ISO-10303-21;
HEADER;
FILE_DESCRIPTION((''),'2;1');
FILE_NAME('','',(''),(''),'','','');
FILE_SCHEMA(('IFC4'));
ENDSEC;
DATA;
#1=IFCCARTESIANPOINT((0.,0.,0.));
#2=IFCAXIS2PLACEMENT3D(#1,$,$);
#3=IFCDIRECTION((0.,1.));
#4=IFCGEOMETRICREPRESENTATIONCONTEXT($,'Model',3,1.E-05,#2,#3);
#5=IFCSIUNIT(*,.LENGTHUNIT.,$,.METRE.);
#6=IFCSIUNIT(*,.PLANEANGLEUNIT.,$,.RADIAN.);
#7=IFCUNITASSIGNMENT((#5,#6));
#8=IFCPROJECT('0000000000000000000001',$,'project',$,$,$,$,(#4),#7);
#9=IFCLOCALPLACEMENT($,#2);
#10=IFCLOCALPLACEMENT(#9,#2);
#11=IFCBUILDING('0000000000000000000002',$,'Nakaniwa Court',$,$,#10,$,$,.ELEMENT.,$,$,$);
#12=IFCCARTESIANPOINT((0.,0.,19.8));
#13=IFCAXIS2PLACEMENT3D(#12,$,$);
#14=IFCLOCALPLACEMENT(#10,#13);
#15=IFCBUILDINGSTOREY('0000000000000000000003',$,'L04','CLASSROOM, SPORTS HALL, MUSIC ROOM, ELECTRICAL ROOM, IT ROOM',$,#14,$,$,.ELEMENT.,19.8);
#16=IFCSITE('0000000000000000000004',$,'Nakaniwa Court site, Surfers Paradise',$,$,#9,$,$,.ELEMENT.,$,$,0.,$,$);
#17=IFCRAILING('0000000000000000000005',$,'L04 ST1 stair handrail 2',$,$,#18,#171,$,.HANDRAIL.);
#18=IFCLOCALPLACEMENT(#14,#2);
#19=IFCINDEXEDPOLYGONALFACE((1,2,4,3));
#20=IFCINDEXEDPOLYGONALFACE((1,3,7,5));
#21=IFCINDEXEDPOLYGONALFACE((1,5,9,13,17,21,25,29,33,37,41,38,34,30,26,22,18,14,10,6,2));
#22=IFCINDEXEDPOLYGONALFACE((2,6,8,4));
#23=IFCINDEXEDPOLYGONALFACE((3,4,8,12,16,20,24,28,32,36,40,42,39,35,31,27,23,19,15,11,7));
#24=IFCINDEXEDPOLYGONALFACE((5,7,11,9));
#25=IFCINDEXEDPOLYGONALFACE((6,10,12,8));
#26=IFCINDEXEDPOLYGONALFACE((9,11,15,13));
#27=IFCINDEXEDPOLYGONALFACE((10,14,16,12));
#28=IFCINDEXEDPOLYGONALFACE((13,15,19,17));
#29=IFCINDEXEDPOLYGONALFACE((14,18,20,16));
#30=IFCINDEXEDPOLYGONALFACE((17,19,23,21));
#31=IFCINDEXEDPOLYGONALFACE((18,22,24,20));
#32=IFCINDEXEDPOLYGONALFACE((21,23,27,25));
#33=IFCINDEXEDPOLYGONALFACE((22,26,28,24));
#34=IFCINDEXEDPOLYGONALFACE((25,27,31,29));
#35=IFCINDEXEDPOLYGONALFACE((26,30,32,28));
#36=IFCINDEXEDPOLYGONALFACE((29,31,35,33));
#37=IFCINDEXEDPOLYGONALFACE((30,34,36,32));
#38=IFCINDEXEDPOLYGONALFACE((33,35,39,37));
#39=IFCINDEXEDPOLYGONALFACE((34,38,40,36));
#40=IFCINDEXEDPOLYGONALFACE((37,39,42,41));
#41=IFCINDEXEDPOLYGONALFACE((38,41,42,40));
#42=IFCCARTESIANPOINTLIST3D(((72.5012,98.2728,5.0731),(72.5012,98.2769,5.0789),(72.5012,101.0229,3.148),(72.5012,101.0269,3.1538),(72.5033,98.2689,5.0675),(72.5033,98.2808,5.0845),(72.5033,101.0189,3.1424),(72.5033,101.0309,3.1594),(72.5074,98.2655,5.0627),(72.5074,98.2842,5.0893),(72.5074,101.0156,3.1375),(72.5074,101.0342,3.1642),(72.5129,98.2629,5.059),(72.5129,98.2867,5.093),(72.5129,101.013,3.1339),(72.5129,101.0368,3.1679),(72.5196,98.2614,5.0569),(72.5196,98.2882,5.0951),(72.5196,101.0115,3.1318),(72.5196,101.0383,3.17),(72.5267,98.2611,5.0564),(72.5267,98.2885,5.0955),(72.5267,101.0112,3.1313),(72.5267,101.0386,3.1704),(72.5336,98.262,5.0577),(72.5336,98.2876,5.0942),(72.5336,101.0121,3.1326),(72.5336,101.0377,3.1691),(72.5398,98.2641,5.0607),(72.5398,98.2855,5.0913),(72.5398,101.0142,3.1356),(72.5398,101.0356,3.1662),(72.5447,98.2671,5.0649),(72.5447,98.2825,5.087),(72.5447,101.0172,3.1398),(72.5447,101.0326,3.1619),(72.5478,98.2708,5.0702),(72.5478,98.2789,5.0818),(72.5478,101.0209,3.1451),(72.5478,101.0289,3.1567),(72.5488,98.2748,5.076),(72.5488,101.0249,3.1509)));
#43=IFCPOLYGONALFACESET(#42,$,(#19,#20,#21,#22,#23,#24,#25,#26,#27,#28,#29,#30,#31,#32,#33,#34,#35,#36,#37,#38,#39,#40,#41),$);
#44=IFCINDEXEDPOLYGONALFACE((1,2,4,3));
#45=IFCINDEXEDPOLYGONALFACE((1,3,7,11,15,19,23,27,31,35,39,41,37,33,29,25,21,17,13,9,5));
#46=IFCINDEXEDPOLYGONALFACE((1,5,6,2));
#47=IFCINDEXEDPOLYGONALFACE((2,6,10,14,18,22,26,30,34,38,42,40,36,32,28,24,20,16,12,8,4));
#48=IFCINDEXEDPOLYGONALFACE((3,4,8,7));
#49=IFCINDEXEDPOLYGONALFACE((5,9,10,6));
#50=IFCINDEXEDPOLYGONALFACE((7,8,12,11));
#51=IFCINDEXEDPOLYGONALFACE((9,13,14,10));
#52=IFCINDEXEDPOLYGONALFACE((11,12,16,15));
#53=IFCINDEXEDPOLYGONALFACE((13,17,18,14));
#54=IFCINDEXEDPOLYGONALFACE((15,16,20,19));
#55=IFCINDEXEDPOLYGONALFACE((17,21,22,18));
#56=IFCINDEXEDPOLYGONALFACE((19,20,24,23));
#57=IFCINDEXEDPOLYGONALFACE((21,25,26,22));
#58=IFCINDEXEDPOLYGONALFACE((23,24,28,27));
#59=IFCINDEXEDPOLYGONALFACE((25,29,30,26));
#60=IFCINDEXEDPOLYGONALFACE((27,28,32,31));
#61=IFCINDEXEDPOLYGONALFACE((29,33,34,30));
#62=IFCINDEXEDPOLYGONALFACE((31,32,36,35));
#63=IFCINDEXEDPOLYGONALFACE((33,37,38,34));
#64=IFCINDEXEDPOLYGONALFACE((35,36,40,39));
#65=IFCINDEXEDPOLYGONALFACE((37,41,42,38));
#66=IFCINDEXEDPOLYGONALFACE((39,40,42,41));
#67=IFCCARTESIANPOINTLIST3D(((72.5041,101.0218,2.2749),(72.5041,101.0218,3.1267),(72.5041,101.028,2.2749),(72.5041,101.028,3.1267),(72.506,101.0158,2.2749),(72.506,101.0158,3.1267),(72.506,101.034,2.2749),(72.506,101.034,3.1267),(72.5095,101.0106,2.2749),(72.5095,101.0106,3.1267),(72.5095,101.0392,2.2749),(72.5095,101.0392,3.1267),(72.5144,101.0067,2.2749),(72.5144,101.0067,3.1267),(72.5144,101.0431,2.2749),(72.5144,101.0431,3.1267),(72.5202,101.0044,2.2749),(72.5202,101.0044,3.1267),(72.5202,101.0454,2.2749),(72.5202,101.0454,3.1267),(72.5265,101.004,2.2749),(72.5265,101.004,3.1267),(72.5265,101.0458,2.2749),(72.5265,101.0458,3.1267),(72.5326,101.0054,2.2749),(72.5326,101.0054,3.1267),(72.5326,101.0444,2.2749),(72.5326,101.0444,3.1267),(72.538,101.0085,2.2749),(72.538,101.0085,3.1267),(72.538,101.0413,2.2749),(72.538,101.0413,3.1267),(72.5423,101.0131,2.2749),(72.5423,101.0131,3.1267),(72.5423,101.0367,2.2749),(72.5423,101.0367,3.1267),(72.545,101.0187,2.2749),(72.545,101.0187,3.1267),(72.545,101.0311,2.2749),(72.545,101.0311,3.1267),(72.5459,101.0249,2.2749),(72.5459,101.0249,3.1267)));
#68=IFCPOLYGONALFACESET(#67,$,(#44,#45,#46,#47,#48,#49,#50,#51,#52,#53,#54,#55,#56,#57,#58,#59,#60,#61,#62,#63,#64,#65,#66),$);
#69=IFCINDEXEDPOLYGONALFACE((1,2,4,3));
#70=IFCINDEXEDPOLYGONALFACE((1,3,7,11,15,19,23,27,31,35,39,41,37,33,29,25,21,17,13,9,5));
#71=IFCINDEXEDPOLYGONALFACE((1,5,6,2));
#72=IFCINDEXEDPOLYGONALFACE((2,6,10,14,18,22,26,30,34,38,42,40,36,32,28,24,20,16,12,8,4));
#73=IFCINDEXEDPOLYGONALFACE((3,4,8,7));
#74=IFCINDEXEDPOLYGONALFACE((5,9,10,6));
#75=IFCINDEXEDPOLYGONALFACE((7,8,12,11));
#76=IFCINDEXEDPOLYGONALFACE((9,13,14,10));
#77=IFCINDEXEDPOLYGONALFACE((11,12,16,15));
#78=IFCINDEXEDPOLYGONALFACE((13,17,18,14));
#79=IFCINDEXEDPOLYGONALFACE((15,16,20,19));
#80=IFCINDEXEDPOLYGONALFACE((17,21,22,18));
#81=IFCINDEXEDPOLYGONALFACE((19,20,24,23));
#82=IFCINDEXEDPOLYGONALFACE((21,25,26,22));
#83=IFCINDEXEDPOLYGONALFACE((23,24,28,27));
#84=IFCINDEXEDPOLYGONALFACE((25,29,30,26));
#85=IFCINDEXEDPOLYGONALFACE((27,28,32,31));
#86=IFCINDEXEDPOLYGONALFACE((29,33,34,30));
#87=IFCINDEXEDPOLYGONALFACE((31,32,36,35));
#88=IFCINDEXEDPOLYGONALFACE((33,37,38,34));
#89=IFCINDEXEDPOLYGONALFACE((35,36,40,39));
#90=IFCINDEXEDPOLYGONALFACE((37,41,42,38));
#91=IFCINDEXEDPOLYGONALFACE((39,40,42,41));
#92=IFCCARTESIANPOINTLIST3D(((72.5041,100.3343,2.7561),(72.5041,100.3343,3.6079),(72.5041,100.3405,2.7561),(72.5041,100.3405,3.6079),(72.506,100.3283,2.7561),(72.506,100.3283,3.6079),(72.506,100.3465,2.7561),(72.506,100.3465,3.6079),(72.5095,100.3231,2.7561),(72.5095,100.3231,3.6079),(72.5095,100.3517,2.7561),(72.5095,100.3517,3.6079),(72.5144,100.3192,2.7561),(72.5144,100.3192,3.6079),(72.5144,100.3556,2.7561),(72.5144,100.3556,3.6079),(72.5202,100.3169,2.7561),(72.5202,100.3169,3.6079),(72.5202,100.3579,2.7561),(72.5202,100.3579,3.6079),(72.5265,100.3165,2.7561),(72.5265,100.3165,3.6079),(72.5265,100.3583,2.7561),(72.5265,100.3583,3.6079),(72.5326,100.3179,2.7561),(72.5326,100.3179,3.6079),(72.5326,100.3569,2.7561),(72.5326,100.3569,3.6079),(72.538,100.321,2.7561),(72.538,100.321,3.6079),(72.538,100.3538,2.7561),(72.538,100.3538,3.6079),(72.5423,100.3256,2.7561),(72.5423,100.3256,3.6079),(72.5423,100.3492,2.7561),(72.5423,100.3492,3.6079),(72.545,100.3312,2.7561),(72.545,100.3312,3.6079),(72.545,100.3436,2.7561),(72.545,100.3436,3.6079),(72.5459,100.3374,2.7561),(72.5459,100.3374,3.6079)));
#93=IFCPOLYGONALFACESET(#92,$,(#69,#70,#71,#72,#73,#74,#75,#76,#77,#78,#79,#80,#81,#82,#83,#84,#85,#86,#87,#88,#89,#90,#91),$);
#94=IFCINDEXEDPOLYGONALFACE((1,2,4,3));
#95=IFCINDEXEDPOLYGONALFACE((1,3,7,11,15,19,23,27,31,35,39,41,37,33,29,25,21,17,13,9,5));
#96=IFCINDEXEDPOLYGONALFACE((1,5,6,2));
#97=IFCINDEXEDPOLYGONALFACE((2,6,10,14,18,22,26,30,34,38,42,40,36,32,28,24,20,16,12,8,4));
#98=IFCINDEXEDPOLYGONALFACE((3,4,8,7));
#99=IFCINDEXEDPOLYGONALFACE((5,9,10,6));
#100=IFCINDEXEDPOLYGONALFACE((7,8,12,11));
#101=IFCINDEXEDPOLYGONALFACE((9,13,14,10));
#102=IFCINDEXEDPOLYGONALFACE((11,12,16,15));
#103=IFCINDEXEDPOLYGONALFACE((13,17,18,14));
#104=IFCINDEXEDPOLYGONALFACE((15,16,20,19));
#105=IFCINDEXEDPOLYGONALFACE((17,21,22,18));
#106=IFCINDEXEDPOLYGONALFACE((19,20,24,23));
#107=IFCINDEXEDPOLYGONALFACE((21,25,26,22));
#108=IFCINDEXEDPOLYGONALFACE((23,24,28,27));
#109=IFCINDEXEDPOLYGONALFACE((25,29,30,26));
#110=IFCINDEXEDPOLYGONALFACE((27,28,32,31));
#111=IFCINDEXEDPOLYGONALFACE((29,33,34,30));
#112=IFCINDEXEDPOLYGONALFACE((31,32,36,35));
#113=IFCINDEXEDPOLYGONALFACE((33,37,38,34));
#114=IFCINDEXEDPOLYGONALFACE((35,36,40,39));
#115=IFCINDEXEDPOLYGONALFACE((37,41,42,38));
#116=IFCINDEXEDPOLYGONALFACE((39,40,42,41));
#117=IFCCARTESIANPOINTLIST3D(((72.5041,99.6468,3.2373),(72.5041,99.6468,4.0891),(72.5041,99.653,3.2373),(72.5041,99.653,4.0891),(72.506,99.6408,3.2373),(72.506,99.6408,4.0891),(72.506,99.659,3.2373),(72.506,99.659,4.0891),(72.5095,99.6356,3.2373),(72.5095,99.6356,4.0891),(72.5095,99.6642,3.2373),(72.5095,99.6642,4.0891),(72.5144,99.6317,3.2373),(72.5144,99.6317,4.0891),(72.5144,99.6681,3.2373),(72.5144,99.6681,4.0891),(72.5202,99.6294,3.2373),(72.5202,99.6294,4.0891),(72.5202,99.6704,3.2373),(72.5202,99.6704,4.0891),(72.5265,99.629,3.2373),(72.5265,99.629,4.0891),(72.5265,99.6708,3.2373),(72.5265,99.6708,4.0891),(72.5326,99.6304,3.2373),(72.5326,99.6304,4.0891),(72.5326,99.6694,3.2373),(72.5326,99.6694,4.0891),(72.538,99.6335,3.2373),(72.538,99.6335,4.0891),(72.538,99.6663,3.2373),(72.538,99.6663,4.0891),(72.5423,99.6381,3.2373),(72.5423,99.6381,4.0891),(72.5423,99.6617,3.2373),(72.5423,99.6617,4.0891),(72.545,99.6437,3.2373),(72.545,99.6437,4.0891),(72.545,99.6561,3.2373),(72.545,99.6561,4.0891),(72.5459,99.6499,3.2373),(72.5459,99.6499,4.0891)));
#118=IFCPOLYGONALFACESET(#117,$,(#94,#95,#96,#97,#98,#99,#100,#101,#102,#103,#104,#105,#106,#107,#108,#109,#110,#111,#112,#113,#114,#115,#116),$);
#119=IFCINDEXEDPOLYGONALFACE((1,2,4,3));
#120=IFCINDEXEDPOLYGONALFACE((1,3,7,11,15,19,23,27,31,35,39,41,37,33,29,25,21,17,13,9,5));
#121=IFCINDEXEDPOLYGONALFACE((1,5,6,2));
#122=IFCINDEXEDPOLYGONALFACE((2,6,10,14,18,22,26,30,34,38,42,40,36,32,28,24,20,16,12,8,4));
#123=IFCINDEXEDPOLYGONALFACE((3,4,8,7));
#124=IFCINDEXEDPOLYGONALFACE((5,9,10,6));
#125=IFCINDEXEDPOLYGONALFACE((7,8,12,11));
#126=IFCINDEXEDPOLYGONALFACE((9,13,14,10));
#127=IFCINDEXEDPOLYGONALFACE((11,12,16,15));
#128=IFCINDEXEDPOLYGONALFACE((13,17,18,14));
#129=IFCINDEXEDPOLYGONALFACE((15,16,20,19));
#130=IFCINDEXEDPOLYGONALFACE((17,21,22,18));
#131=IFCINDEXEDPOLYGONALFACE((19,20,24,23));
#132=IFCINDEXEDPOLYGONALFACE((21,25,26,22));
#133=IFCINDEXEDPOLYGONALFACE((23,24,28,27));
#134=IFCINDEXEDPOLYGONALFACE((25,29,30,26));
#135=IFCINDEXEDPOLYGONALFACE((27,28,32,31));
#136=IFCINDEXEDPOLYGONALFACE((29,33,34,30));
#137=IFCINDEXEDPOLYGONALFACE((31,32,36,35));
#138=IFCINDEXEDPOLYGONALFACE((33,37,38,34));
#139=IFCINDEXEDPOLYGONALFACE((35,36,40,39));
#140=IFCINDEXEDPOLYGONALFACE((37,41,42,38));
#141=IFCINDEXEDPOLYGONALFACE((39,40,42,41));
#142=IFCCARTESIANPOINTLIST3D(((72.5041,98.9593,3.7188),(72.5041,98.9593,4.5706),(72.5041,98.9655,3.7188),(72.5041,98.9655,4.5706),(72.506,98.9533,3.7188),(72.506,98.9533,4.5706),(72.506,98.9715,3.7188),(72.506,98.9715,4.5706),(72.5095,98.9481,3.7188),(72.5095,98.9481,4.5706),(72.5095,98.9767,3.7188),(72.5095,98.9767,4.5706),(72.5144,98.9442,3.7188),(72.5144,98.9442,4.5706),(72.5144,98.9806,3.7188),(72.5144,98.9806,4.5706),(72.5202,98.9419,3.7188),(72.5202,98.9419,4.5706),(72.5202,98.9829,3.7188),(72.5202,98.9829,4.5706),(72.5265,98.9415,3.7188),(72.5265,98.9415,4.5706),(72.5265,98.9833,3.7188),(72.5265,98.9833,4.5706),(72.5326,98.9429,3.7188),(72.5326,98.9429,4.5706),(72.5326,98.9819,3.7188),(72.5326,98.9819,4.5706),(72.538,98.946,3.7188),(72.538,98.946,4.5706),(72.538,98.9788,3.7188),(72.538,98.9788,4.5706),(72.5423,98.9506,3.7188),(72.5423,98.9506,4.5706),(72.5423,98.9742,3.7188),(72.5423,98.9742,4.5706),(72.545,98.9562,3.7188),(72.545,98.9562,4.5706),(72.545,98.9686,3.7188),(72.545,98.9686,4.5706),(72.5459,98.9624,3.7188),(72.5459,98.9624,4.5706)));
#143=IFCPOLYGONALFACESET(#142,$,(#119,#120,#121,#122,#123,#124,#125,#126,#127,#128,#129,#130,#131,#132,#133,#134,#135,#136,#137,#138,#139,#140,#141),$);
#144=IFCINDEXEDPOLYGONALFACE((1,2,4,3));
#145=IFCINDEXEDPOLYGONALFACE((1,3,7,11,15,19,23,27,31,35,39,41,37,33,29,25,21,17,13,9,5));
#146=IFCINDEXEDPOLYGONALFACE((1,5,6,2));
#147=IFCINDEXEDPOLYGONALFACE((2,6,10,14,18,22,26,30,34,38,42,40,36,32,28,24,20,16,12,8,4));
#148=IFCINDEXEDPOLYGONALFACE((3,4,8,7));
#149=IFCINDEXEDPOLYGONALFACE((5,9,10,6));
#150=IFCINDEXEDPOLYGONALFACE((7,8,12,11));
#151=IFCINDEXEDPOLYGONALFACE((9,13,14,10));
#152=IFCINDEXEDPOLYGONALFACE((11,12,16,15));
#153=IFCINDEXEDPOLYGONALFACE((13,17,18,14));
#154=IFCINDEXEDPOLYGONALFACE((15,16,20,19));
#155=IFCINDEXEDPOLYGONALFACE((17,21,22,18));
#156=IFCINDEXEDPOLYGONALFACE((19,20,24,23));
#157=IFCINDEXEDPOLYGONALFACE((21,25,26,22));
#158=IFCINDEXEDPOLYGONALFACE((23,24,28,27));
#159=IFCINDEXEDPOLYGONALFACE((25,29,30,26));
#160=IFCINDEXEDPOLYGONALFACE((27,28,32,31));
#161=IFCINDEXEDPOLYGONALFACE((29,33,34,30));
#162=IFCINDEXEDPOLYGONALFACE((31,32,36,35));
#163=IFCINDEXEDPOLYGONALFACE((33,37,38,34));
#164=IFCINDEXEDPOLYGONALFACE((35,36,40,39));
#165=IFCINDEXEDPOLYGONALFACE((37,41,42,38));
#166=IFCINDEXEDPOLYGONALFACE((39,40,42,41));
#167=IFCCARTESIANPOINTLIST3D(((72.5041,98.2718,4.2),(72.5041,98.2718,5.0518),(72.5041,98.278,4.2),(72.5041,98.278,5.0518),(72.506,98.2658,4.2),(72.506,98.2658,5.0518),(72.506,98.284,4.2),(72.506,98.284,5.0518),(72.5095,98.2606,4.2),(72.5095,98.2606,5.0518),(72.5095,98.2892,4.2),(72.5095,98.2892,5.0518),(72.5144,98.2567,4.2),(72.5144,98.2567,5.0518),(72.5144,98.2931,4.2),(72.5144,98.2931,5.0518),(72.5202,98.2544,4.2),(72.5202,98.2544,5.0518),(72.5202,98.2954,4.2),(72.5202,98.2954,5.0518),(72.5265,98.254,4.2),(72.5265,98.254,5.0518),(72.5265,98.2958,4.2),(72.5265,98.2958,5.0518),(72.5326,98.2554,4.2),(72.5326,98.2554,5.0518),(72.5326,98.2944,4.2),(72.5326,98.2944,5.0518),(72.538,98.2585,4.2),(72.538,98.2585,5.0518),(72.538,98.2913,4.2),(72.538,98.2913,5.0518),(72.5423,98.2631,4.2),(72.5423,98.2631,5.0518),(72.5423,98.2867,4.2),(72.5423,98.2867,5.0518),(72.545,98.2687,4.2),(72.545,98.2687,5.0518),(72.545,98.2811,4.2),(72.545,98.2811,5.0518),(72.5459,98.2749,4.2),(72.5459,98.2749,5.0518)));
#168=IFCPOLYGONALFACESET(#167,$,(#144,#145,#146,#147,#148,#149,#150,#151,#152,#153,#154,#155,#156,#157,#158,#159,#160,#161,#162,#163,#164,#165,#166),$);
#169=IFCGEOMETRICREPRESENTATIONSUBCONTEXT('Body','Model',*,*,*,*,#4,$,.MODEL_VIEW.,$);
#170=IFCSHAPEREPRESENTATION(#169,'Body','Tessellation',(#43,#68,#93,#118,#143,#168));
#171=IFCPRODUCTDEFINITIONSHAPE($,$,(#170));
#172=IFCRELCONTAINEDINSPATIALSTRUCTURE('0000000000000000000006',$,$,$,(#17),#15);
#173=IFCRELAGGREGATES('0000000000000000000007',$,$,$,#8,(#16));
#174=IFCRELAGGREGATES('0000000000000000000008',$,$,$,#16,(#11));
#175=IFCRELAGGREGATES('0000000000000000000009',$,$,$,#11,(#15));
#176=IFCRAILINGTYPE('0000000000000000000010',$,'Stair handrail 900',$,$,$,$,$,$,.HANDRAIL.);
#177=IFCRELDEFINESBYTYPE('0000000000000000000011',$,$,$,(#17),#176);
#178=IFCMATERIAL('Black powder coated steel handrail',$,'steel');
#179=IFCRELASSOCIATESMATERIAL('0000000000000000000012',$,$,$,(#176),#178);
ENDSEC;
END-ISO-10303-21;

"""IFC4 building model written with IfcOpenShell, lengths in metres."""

from ifc_helpers import new_model, si_unit, direction, frame, origin, origin_2d, place, context, subcontext, project, spatial, circle, extrude, material, type_object, element, save


model = new_model("IFC4")

# Units and contexts
model_context = context("Model", 3, precision=1e-05, world=origin(), true_north=direction((0.0, 1.0)))
body_context = subcontext(model_context, "Body", "Model", "MODEL_VIEW")
ifc_project = project(units=[si_unit("LENGTHUNIT", "METRE"), si_unit("PLANEANGLEUNIT", "RADIAN")], contexts=[model_context])

# Site, building, storey
site_placement = place(None, origin())
site = spatial("IfcSite", under=ifc_project, at=site_placement, Name="Nakaniwa Court site, Surfers Paradise", CompositionType="ELEMENT", RefElevation=0.0)
building_placement = place(site_placement, origin())
building = spatial("IfcBuilding", under=site, at=building_placement, Name="Nakaniwa Court", CompositionType="ELEMENT")
storey_placement = place(building_placement, frame((0.0, 0.0, 19.8)))
storey = spatial("IfcBuildingStorey", under=building, at=storey_placement, Name="L04", Description="CLASSROOM, SPORTS HALL, MUSIC ROOM, ELECTRICAL ROOM, IT ROOM", CompositionType="ELEMENT", Elevation=19.8)

# Railing
ifc_material_1 = material(Name="Black powder coated steel handrail", Category="steel")
railing_type_1 = type_object("IfcRailingType", Name="Stair handrail 900", PredefinedType="HANDRAIL", material=ifc_material_1)
railing_1_placement = place(storey_placement, frame((72.5249, 101.0249, 2.2749)))
element("IfcRailing", 1, at=railing_1_placement, inside=storey, type_object=railing_type_1, Name="L04 ST1 stair handrail 2", PredefinedType="HANDRAIL", context=body_context, shape_type="SweptSolid", body=[
    extrude(circle(Radius=0.0239, at=origin_2d()), frame((0.0, 0.0, 0.876), z_axis=(0.0, -0.819225, 0.573472), x_axis=(1.0, 0.0, 0.0)), (0.0, 0.0, 1.0), 3.3569),
    extrude(circle(Radius=0.021, at=origin_2d()), origin(), (0.0, 0.0, 1.0), 0.8518),
    extrude(circle(Radius=0.021, at=origin_2d()), frame((0.0, -0.6875, 0.4812)), (0.0, 0.0, 1.0), 0.8518),
    extrude(circle(Radius=0.021, at=origin_2d()), frame((0.0, -1.375, 0.9624)), (0.0, 0.0, 1.0), 0.8518),
    extrude(circle(Radius=0.021, at=origin_2d()), frame((0.0, -2.0625, 1.4438)), (0.0, 0.0, 1.0), 0.8518),
    extrude(circle(Radius=0.021, at=origin_2d()), frame((0.0, -2.75, 1.925)), (0.0, 0.0, 1.0), 0.8518),
])

save(model, "model.ifc")
